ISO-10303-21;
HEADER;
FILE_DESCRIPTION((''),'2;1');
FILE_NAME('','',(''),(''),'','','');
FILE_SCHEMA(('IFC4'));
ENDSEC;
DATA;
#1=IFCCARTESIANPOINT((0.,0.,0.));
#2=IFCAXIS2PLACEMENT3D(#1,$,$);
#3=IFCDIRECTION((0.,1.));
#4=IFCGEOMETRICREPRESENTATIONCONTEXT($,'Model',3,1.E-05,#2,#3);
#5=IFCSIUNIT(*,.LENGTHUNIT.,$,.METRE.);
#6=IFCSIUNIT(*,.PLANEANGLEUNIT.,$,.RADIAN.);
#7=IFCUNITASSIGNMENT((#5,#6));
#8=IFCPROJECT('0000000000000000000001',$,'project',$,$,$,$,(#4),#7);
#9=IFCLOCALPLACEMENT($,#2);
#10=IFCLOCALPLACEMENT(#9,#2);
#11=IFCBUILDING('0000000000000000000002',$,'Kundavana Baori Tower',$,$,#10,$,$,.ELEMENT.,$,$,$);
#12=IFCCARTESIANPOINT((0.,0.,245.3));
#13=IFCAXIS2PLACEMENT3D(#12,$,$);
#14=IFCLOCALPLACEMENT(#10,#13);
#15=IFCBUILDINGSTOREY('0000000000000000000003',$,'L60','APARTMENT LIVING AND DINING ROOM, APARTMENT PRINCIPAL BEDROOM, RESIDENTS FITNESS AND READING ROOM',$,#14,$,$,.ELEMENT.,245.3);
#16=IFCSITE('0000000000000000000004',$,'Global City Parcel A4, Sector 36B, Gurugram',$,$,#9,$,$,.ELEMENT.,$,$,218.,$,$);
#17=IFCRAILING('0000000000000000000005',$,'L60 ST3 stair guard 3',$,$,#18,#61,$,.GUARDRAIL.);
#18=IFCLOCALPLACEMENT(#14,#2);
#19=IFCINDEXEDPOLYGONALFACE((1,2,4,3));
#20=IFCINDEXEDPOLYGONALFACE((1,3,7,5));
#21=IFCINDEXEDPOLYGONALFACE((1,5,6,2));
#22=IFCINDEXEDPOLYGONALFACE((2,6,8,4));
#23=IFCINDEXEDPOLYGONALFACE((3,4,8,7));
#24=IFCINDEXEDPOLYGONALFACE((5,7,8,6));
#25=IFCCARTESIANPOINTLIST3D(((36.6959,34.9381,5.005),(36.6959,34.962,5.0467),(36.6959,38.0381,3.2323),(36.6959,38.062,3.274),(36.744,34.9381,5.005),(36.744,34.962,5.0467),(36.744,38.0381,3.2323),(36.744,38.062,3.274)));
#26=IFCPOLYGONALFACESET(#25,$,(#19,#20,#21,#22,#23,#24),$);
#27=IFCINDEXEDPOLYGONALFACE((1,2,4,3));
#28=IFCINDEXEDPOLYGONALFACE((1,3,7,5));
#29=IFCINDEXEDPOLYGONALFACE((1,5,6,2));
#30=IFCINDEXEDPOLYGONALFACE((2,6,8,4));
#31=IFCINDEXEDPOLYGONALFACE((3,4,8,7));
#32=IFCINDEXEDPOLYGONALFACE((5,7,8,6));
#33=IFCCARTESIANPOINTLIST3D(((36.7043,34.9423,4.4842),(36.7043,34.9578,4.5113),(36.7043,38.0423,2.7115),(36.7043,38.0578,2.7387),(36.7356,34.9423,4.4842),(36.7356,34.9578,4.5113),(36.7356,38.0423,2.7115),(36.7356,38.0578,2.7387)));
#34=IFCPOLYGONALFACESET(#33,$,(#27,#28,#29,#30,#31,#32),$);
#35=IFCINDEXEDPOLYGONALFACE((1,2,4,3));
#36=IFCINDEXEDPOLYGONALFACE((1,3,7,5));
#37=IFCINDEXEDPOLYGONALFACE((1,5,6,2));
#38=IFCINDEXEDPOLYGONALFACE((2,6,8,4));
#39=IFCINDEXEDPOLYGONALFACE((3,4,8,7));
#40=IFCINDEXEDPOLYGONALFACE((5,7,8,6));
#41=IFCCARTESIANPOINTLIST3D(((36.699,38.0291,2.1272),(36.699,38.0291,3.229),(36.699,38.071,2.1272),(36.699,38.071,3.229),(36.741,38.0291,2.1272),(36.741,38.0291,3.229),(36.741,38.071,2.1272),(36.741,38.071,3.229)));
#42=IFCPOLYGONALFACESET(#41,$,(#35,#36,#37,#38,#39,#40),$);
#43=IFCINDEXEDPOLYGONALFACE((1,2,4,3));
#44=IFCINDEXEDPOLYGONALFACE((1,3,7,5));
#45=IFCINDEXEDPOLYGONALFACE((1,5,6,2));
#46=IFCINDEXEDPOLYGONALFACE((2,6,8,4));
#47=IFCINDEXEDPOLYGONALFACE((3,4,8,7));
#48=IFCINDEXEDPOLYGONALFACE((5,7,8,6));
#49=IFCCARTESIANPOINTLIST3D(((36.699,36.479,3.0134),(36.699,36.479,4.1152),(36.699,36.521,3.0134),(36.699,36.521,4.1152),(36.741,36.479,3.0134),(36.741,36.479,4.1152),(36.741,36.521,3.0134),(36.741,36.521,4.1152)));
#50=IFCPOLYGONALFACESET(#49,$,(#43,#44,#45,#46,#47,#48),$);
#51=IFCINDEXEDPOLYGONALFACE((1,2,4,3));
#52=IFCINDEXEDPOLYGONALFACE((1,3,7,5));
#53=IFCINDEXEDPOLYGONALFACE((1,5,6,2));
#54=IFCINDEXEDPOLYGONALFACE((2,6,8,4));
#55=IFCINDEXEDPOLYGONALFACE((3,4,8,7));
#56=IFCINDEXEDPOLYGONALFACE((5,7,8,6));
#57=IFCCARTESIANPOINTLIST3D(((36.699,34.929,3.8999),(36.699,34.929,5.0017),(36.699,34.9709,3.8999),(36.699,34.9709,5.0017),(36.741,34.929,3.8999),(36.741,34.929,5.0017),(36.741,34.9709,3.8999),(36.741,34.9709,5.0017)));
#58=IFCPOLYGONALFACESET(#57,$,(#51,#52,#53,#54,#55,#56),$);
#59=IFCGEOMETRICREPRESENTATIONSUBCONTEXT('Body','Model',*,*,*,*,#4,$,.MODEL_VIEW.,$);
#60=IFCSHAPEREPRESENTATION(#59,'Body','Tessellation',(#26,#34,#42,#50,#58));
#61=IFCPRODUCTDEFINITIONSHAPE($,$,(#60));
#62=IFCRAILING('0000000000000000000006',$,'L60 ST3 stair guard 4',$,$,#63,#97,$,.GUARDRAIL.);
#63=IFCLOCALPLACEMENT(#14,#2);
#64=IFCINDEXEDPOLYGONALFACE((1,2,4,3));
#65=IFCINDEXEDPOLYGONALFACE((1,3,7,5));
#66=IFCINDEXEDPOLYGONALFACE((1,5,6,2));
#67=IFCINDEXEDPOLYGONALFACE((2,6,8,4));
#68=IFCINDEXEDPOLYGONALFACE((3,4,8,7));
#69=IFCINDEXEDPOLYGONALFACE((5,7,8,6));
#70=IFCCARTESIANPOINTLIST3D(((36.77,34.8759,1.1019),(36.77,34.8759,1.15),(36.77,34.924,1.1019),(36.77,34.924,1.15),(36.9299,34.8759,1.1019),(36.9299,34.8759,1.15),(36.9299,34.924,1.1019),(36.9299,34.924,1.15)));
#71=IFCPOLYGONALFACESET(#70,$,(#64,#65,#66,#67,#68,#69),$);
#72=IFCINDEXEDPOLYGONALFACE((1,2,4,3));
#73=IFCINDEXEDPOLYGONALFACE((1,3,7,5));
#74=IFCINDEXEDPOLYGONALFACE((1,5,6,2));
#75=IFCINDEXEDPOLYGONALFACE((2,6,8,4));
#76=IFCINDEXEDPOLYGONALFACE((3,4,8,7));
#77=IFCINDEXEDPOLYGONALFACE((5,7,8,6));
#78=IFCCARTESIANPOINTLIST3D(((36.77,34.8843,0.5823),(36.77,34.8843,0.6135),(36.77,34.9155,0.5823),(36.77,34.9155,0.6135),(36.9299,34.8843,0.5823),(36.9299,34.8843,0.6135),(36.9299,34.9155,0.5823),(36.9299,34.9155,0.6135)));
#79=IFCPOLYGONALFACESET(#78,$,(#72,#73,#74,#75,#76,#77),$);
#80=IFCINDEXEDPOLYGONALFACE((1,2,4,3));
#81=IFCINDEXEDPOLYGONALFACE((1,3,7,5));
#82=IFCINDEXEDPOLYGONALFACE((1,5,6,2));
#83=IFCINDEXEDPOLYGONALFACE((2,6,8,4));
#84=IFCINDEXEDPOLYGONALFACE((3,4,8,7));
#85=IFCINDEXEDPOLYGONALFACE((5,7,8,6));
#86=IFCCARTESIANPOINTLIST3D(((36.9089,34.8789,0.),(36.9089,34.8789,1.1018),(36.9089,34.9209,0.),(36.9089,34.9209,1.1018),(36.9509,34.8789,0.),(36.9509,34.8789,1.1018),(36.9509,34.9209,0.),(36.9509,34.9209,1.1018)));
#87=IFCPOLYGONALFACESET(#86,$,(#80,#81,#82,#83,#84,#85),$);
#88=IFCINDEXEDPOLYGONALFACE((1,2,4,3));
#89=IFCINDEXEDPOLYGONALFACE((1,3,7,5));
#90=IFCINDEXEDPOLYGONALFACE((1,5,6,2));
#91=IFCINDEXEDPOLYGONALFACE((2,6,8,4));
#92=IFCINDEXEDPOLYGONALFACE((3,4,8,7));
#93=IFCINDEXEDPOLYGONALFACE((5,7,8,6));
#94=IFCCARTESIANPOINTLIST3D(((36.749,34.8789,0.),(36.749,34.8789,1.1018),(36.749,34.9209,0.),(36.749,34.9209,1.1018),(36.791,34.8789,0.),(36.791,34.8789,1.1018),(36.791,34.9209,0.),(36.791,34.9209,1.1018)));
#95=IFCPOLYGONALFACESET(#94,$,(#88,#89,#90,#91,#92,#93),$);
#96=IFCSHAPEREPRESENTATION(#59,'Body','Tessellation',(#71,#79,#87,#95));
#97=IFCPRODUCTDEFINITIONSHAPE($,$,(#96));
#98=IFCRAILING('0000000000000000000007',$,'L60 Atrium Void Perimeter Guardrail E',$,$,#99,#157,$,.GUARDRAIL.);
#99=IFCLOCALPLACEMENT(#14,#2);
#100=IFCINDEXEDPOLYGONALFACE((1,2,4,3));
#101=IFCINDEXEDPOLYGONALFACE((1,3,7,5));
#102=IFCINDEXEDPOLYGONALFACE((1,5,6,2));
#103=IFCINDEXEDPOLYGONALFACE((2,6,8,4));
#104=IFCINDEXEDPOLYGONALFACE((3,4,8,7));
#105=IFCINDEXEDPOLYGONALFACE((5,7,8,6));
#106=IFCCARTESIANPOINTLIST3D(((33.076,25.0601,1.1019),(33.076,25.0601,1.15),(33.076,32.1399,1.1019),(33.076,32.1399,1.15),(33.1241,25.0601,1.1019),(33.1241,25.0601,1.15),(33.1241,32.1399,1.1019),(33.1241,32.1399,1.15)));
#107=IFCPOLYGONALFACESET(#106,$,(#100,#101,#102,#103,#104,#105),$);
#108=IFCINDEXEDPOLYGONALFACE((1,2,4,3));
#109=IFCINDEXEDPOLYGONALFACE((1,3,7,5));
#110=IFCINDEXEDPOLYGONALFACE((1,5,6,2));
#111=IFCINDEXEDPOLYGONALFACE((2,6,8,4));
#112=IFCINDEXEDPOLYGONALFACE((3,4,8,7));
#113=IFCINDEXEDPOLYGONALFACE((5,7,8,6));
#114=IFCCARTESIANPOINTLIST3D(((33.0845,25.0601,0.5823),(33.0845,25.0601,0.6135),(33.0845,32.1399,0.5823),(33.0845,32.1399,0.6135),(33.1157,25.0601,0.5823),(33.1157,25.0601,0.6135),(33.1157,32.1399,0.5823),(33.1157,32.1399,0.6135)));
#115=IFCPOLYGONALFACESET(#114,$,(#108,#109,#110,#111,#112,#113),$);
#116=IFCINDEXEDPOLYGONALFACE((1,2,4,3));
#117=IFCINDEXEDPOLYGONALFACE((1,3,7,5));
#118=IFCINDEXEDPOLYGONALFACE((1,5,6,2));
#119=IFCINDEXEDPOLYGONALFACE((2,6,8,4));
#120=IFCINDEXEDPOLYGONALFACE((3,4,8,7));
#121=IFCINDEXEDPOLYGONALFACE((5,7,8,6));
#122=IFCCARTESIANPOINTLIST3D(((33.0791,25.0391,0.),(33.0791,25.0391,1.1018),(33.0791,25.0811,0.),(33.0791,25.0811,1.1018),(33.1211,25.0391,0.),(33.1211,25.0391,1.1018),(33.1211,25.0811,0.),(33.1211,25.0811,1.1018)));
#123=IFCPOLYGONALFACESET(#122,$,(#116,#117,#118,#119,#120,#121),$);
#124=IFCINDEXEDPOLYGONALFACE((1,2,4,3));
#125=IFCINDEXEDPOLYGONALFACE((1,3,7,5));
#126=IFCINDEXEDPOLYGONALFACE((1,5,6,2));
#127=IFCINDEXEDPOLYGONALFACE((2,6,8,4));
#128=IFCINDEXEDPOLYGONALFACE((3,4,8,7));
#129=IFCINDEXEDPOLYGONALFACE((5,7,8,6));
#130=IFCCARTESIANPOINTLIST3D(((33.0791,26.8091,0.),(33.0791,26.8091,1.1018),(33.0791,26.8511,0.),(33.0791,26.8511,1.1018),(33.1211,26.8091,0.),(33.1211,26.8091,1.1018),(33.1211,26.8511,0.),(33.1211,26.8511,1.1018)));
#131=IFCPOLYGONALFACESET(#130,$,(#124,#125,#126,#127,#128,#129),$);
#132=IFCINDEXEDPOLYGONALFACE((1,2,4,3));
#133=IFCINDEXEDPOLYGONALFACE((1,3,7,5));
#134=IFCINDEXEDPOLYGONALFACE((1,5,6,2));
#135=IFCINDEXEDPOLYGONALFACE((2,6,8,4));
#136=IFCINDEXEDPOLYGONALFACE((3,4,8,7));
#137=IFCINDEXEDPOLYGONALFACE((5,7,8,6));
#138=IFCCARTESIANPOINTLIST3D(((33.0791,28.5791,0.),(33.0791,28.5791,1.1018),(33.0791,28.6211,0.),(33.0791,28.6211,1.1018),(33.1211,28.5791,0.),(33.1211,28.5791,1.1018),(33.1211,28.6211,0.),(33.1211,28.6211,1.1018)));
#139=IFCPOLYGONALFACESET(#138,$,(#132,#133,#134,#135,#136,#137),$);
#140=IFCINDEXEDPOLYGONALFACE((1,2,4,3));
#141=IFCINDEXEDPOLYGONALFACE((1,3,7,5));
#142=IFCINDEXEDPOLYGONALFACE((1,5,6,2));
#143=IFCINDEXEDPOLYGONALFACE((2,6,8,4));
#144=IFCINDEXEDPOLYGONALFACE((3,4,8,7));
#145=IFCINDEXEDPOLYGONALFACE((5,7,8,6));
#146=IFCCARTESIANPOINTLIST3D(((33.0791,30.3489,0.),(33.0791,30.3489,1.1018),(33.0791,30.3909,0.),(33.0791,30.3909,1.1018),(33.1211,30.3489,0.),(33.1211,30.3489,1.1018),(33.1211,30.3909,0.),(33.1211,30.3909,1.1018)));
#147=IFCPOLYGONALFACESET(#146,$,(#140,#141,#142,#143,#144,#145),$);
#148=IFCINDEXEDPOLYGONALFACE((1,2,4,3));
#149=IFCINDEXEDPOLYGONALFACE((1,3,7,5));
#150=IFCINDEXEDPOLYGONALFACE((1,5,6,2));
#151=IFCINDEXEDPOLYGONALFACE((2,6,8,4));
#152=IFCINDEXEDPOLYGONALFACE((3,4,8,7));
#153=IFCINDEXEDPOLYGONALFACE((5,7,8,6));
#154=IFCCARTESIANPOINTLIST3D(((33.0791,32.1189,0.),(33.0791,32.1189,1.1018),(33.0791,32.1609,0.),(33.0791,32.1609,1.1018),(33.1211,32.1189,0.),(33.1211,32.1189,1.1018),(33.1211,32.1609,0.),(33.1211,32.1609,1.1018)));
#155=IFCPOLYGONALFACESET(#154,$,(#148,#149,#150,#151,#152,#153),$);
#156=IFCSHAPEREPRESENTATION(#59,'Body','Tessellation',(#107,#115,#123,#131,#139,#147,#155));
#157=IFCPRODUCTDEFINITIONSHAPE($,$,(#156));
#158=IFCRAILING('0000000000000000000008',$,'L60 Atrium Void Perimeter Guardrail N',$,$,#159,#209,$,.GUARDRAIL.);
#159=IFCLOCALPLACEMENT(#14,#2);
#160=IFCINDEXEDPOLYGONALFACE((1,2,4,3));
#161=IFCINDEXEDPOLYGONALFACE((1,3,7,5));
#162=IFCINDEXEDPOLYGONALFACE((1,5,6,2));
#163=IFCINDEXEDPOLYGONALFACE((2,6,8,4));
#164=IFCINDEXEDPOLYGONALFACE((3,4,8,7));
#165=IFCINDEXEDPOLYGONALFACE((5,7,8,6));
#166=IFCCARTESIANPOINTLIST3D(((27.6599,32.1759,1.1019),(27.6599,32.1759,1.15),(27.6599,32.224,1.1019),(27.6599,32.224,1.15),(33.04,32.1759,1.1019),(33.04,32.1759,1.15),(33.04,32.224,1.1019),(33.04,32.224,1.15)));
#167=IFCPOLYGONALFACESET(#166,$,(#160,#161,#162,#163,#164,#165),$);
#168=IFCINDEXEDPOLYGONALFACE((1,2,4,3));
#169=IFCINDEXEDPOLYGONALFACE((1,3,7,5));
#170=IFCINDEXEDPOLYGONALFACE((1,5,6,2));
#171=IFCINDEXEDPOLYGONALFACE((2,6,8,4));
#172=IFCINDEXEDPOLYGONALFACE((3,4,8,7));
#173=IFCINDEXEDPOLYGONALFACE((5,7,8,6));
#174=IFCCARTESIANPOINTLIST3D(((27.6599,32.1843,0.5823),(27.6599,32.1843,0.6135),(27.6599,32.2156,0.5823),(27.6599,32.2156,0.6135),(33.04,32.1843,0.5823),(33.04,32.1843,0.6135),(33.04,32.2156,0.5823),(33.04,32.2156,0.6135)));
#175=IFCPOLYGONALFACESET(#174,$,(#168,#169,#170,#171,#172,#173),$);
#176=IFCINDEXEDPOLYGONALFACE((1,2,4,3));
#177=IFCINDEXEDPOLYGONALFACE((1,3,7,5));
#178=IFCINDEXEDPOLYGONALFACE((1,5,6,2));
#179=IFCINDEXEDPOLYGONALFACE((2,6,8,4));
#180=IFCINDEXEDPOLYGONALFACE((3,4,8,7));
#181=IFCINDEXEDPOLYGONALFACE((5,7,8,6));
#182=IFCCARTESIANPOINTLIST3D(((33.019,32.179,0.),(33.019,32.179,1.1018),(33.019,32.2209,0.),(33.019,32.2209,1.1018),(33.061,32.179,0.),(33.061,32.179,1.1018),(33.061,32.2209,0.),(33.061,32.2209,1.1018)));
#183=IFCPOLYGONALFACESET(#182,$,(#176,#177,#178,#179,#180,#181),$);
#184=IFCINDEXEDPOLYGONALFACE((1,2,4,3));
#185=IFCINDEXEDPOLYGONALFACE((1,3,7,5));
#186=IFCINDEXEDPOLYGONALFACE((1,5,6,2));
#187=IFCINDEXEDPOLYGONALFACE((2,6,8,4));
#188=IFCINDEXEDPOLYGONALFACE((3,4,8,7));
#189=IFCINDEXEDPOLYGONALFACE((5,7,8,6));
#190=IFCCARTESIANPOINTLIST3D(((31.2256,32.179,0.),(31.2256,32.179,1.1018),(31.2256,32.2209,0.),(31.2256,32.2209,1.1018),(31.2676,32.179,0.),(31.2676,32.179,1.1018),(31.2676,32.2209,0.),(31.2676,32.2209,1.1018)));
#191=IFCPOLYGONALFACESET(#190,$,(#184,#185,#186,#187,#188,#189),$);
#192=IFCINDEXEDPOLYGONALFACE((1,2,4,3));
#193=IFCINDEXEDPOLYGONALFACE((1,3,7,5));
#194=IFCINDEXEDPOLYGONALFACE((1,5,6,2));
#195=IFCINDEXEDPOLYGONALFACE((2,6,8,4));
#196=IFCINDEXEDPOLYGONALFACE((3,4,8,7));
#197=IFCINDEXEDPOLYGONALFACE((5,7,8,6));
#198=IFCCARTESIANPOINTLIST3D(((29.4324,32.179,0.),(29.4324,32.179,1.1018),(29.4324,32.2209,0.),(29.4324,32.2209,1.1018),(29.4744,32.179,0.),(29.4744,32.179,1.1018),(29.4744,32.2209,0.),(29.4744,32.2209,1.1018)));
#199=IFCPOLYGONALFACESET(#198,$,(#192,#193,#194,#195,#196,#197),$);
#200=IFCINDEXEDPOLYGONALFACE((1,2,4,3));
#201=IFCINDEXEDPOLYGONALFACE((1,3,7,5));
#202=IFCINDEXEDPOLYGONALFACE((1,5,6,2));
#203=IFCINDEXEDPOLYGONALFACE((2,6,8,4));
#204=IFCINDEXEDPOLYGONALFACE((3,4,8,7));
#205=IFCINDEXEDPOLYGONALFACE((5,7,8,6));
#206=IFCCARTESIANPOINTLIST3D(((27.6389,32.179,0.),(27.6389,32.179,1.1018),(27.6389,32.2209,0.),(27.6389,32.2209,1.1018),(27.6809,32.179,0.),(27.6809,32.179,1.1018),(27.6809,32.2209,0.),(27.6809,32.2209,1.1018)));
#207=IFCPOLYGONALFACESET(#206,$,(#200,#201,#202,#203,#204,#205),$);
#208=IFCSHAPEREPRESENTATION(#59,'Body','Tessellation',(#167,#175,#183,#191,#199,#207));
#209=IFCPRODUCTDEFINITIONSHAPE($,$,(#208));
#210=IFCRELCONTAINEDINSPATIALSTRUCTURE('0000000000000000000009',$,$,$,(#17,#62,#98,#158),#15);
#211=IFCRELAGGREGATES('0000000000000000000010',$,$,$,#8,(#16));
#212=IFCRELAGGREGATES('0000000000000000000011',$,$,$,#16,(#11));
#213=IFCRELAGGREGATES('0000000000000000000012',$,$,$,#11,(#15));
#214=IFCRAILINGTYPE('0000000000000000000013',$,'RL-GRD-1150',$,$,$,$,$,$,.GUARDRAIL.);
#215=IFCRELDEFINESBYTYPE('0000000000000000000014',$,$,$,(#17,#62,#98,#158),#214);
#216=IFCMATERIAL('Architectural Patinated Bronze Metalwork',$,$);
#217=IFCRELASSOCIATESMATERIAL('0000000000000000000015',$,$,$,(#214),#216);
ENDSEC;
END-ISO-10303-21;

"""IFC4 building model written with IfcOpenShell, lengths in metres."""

from ifc_helpers import new_model, si_unit, direction, frame, origin, origin_2d, place, context, subcontext, project, spatial, rectangle, extrude, material, type_object, element, save


model = new_model("IFC4")

# Units and contexts
model_context = context("Model", 3, precision=1e-05, world=origin(), true_north=direction((0.0, 1.0)))
body_context = subcontext(model_context, "Body", "Model", "MODEL_VIEW")
ifc_project = project(units=[si_unit("LENGTHUNIT", "METRE"), si_unit("PLANEANGLEUNIT", "RADIAN")], contexts=[model_context])

# Site, building, storey
site_placement = place(None, origin())
site = spatial("IfcSite", under=ifc_project, at=site_placement, Name="Global City Parcel A4, Sector 36B, Gurugram", CompositionType="ELEMENT", RefElevation=218.0)
building_placement = place(site_placement, origin())
building = spatial("IfcBuilding", under=site, at=building_placement, Name="Kundavana Baori Tower", CompositionType="ELEMENT")
storey_placement = place(building_placement, frame((0.0, 0.0, 245.3)))
storey = spatial("IfcBuildingStorey", under=building, at=storey_placement, Name="L60", Description="APARTMENT LIVING AND DINING ROOM, APARTMENT PRINCIPAL BEDROOM, RESIDENTS FITNESS AND READING ROOM", CompositionType="ELEMENT", Elevation=245.3)

# Railings
ifc_material_1 = material(Name="Architectural Patinated Bronze Metalwork")
railing_type_1 = type_object("IfcRailingType", Name="RL-GRD-1150", PredefinedType="GUARDRAIL", material=ifc_material_1)
railing_1_placement = place(storey_placement, frame((36.72, 38.05, 2.1272)))
element("IfcRailing", 1, at=railing_1_placement, inside=storey, type_object=railing_type_1, Name="L60 ST3 stair guard 3", PredefinedType="GUARDRAIL", context=body_context, shape_type="SweptSolid", body=[
    extrude(rectangle(XDim=0.0481, YDim=0.0481, at=origin_2d()), frame((0.0, 0.0, 1.126), z_axis=(0.0, -0.868096, 0.496397), x_axis=(1.0, 0.0, 0.0)), (0.0, 0.0, 1.0), 3.571),
    extrude(rectangle(XDim=0.0312, YDim=0.0312, at=origin_2d()), frame((0.0, 0.0, 0.5979), z_axis=(0.0, -0.868096, 0.496397), x_axis=(1.0, 0.0, 0.0)), (0.0, 0.0, 1.0), 3.571),
    extrude(rectangle(XDim=0.042, YDim=0.042, at=origin_2d()), origin(), (0.0, 0.0, 1.0), 1.1018),
    extrude(rectangle(XDim=0.042, YDim=0.042, at=origin_2d()), frame((0.0, -1.55, 0.8862)), (0.0, 0.0, 1.0), 1.1018),
    extrude(rectangle(XDim=0.042, YDim=0.042, at=origin_2d()), frame((0.0, -3.1001, 1.7727)), (0.0, 0.0, 1.0), 1.1018),
])
railing_2_placement = place(storey_placement, frame((36.9299, 34.8999, 0.0)))
element("IfcRailing", 2, at=railing_2_placement, inside=storey, type_object=railing_type_1, Name="L60 ST3 stair guard 4", PredefinedType="GUARDRAIL", context=body_context, shape_type="SweptSolid", body=[
    extrude(rectangle(XDim=0.0481, YDim=0.0481, at=origin_2d()), frame((0.0, 0.0, 1.126), z_axis=(-1.0, 0.0, 0.0), x_axis=(0.0, -1.0, 0.0)), (0.0, 0.0, 1.0), 0.1599),
    extrude(rectangle(XDim=0.0312, YDim=0.0312, at=origin_2d()), frame((0.0, 0.0, 0.5979), z_axis=(-1.0, 0.0, 0.0), x_axis=(0.0, -1.0, 0.0)), (0.0, 0.0, 1.0), 0.1599),
    extrude(rectangle(XDim=0.042, YDim=0.042, at=origin_2d()), origin(), (0.0, 0.0, 1.0), 1.1018),
    extrude(rectangle(XDim=0.042, YDim=0.042, at=origin_2d()), frame((-0.1599, 0.0, 0.0)), (0.0, 0.0, 1.0), 1.1018),
])
railing_3_placement = place(storey_placement, frame((33.1001, 25.0601, 0.0)))
element("IfcRailing", 3, at=railing_3_placement, inside=storey, type_object=railing_type_1, Name="L60 Atrium Void Perimeter Guardrail E", PredefinedType="GUARDRAIL", context=body_context, shape_type="SweptSolid", body=[
    extrude(rectangle(XDim=0.0481, YDim=0.0481, at=origin_2d()), frame((0.0, 0.0, 1.126), z_axis=(0.0, 1.0, 0.0), x_axis=(-1.0, 0.0, 0.0)), (0.0, 0.0, 1.0), 7.0798),
    extrude(rectangle(XDim=0.0312, YDim=0.0312, at=origin_2d()), frame((0.0, 0.0, 0.5979), z_axis=(0.0, 1.0, 0.0), x_axis=(-1.0, 0.0, 0.0)), (0.0, 0.0, 1.0), 7.0798),
    extrude(rectangle(XDim=0.042, YDim=0.042, at=origin_2d()), origin(), (0.0, 0.0, 1.0), 1.1018),
    extrude(rectangle(XDim=0.042, YDim=0.042, at=origin_2d()), frame((0.0, 1.77, 0.0)), (0.0, 0.0, 1.0), 1.1018),
    extrude(rectangle(XDim=0.042, YDim=0.042, at=origin_2d()), frame((0.0, 3.54, 0.0)), (0.0, 0.0, 1.0), 1.1018),
    extrude(rectangle(XDim=0.042, YDim=0.042, at=origin_2d()), frame((0.0, 5.3098, 0.0)), (0.0, 0.0, 1.0), 1.1018),
    extrude(rectangle(XDim=0.042, YDim=0.042, at=origin_2d()), frame((0.0, 7.0798, 0.0)), (0.0, 0.0, 1.0), 1.1018),
])
railing_4_placement = place(storey_placement, frame((33.04, 32.2, 0.0)))
element("IfcRailing", 4, at=railing_4_placement, inside=storey, type_object=railing_type_1, Name="L60 Atrium Void Perimeter Guardrail N", PredefinedType="GUARDRAIL", context=body_context, shape_type="SweptSolid", body=[
    extrude(rectangle(XDim=0.0481, YDim=0.0481, at=origin_2d()), frame((0.0, 0.0, 1.126), z_axis=(-1.0, 0.0, 0.0), x_axis=(0.0, -1.0, 0.0)), (0.0, 0.0, 1.0), 5.3801),
    extrude(rectangle(XDim=0.0312, YDim=0.0312, at=origin_2d()), frame((0.0, 0.0, 0.5979), z_axis=(-1.0, 0.0, 0.0), x_axis=(0.0, -1.0, 0.0)), (0.0, 0.0, 1.0), 5.3801),
    extrude(rectangle(XDim=0.042, YDim=0.042, at=origin_2d()), origin(), (0.0, 0.0, 1.0), 1.1018),
    extrude(rectangle(XDim=0.042, YDim=0.042, at=origin_2d()), frame((-1.7935, 0.0, 0.0)), (0.0, 0.0, 1.0), 1.1018),
    extrude(rectangle(XDim=0.042, YDim=0.042, at=origin_2d()), frame((-3.5867, 0.0, 0.0)), (0.0, 0.0, 1.0), 1.1018),
    extrude(rectangle(XDim=0.042, YDim=0.042, at=origin_2d()), frame((-5.3801, 0.0, 0.0)), (0.0, 0.0, 1.0), 1.1018),
])

save(model, "model.ifc")
